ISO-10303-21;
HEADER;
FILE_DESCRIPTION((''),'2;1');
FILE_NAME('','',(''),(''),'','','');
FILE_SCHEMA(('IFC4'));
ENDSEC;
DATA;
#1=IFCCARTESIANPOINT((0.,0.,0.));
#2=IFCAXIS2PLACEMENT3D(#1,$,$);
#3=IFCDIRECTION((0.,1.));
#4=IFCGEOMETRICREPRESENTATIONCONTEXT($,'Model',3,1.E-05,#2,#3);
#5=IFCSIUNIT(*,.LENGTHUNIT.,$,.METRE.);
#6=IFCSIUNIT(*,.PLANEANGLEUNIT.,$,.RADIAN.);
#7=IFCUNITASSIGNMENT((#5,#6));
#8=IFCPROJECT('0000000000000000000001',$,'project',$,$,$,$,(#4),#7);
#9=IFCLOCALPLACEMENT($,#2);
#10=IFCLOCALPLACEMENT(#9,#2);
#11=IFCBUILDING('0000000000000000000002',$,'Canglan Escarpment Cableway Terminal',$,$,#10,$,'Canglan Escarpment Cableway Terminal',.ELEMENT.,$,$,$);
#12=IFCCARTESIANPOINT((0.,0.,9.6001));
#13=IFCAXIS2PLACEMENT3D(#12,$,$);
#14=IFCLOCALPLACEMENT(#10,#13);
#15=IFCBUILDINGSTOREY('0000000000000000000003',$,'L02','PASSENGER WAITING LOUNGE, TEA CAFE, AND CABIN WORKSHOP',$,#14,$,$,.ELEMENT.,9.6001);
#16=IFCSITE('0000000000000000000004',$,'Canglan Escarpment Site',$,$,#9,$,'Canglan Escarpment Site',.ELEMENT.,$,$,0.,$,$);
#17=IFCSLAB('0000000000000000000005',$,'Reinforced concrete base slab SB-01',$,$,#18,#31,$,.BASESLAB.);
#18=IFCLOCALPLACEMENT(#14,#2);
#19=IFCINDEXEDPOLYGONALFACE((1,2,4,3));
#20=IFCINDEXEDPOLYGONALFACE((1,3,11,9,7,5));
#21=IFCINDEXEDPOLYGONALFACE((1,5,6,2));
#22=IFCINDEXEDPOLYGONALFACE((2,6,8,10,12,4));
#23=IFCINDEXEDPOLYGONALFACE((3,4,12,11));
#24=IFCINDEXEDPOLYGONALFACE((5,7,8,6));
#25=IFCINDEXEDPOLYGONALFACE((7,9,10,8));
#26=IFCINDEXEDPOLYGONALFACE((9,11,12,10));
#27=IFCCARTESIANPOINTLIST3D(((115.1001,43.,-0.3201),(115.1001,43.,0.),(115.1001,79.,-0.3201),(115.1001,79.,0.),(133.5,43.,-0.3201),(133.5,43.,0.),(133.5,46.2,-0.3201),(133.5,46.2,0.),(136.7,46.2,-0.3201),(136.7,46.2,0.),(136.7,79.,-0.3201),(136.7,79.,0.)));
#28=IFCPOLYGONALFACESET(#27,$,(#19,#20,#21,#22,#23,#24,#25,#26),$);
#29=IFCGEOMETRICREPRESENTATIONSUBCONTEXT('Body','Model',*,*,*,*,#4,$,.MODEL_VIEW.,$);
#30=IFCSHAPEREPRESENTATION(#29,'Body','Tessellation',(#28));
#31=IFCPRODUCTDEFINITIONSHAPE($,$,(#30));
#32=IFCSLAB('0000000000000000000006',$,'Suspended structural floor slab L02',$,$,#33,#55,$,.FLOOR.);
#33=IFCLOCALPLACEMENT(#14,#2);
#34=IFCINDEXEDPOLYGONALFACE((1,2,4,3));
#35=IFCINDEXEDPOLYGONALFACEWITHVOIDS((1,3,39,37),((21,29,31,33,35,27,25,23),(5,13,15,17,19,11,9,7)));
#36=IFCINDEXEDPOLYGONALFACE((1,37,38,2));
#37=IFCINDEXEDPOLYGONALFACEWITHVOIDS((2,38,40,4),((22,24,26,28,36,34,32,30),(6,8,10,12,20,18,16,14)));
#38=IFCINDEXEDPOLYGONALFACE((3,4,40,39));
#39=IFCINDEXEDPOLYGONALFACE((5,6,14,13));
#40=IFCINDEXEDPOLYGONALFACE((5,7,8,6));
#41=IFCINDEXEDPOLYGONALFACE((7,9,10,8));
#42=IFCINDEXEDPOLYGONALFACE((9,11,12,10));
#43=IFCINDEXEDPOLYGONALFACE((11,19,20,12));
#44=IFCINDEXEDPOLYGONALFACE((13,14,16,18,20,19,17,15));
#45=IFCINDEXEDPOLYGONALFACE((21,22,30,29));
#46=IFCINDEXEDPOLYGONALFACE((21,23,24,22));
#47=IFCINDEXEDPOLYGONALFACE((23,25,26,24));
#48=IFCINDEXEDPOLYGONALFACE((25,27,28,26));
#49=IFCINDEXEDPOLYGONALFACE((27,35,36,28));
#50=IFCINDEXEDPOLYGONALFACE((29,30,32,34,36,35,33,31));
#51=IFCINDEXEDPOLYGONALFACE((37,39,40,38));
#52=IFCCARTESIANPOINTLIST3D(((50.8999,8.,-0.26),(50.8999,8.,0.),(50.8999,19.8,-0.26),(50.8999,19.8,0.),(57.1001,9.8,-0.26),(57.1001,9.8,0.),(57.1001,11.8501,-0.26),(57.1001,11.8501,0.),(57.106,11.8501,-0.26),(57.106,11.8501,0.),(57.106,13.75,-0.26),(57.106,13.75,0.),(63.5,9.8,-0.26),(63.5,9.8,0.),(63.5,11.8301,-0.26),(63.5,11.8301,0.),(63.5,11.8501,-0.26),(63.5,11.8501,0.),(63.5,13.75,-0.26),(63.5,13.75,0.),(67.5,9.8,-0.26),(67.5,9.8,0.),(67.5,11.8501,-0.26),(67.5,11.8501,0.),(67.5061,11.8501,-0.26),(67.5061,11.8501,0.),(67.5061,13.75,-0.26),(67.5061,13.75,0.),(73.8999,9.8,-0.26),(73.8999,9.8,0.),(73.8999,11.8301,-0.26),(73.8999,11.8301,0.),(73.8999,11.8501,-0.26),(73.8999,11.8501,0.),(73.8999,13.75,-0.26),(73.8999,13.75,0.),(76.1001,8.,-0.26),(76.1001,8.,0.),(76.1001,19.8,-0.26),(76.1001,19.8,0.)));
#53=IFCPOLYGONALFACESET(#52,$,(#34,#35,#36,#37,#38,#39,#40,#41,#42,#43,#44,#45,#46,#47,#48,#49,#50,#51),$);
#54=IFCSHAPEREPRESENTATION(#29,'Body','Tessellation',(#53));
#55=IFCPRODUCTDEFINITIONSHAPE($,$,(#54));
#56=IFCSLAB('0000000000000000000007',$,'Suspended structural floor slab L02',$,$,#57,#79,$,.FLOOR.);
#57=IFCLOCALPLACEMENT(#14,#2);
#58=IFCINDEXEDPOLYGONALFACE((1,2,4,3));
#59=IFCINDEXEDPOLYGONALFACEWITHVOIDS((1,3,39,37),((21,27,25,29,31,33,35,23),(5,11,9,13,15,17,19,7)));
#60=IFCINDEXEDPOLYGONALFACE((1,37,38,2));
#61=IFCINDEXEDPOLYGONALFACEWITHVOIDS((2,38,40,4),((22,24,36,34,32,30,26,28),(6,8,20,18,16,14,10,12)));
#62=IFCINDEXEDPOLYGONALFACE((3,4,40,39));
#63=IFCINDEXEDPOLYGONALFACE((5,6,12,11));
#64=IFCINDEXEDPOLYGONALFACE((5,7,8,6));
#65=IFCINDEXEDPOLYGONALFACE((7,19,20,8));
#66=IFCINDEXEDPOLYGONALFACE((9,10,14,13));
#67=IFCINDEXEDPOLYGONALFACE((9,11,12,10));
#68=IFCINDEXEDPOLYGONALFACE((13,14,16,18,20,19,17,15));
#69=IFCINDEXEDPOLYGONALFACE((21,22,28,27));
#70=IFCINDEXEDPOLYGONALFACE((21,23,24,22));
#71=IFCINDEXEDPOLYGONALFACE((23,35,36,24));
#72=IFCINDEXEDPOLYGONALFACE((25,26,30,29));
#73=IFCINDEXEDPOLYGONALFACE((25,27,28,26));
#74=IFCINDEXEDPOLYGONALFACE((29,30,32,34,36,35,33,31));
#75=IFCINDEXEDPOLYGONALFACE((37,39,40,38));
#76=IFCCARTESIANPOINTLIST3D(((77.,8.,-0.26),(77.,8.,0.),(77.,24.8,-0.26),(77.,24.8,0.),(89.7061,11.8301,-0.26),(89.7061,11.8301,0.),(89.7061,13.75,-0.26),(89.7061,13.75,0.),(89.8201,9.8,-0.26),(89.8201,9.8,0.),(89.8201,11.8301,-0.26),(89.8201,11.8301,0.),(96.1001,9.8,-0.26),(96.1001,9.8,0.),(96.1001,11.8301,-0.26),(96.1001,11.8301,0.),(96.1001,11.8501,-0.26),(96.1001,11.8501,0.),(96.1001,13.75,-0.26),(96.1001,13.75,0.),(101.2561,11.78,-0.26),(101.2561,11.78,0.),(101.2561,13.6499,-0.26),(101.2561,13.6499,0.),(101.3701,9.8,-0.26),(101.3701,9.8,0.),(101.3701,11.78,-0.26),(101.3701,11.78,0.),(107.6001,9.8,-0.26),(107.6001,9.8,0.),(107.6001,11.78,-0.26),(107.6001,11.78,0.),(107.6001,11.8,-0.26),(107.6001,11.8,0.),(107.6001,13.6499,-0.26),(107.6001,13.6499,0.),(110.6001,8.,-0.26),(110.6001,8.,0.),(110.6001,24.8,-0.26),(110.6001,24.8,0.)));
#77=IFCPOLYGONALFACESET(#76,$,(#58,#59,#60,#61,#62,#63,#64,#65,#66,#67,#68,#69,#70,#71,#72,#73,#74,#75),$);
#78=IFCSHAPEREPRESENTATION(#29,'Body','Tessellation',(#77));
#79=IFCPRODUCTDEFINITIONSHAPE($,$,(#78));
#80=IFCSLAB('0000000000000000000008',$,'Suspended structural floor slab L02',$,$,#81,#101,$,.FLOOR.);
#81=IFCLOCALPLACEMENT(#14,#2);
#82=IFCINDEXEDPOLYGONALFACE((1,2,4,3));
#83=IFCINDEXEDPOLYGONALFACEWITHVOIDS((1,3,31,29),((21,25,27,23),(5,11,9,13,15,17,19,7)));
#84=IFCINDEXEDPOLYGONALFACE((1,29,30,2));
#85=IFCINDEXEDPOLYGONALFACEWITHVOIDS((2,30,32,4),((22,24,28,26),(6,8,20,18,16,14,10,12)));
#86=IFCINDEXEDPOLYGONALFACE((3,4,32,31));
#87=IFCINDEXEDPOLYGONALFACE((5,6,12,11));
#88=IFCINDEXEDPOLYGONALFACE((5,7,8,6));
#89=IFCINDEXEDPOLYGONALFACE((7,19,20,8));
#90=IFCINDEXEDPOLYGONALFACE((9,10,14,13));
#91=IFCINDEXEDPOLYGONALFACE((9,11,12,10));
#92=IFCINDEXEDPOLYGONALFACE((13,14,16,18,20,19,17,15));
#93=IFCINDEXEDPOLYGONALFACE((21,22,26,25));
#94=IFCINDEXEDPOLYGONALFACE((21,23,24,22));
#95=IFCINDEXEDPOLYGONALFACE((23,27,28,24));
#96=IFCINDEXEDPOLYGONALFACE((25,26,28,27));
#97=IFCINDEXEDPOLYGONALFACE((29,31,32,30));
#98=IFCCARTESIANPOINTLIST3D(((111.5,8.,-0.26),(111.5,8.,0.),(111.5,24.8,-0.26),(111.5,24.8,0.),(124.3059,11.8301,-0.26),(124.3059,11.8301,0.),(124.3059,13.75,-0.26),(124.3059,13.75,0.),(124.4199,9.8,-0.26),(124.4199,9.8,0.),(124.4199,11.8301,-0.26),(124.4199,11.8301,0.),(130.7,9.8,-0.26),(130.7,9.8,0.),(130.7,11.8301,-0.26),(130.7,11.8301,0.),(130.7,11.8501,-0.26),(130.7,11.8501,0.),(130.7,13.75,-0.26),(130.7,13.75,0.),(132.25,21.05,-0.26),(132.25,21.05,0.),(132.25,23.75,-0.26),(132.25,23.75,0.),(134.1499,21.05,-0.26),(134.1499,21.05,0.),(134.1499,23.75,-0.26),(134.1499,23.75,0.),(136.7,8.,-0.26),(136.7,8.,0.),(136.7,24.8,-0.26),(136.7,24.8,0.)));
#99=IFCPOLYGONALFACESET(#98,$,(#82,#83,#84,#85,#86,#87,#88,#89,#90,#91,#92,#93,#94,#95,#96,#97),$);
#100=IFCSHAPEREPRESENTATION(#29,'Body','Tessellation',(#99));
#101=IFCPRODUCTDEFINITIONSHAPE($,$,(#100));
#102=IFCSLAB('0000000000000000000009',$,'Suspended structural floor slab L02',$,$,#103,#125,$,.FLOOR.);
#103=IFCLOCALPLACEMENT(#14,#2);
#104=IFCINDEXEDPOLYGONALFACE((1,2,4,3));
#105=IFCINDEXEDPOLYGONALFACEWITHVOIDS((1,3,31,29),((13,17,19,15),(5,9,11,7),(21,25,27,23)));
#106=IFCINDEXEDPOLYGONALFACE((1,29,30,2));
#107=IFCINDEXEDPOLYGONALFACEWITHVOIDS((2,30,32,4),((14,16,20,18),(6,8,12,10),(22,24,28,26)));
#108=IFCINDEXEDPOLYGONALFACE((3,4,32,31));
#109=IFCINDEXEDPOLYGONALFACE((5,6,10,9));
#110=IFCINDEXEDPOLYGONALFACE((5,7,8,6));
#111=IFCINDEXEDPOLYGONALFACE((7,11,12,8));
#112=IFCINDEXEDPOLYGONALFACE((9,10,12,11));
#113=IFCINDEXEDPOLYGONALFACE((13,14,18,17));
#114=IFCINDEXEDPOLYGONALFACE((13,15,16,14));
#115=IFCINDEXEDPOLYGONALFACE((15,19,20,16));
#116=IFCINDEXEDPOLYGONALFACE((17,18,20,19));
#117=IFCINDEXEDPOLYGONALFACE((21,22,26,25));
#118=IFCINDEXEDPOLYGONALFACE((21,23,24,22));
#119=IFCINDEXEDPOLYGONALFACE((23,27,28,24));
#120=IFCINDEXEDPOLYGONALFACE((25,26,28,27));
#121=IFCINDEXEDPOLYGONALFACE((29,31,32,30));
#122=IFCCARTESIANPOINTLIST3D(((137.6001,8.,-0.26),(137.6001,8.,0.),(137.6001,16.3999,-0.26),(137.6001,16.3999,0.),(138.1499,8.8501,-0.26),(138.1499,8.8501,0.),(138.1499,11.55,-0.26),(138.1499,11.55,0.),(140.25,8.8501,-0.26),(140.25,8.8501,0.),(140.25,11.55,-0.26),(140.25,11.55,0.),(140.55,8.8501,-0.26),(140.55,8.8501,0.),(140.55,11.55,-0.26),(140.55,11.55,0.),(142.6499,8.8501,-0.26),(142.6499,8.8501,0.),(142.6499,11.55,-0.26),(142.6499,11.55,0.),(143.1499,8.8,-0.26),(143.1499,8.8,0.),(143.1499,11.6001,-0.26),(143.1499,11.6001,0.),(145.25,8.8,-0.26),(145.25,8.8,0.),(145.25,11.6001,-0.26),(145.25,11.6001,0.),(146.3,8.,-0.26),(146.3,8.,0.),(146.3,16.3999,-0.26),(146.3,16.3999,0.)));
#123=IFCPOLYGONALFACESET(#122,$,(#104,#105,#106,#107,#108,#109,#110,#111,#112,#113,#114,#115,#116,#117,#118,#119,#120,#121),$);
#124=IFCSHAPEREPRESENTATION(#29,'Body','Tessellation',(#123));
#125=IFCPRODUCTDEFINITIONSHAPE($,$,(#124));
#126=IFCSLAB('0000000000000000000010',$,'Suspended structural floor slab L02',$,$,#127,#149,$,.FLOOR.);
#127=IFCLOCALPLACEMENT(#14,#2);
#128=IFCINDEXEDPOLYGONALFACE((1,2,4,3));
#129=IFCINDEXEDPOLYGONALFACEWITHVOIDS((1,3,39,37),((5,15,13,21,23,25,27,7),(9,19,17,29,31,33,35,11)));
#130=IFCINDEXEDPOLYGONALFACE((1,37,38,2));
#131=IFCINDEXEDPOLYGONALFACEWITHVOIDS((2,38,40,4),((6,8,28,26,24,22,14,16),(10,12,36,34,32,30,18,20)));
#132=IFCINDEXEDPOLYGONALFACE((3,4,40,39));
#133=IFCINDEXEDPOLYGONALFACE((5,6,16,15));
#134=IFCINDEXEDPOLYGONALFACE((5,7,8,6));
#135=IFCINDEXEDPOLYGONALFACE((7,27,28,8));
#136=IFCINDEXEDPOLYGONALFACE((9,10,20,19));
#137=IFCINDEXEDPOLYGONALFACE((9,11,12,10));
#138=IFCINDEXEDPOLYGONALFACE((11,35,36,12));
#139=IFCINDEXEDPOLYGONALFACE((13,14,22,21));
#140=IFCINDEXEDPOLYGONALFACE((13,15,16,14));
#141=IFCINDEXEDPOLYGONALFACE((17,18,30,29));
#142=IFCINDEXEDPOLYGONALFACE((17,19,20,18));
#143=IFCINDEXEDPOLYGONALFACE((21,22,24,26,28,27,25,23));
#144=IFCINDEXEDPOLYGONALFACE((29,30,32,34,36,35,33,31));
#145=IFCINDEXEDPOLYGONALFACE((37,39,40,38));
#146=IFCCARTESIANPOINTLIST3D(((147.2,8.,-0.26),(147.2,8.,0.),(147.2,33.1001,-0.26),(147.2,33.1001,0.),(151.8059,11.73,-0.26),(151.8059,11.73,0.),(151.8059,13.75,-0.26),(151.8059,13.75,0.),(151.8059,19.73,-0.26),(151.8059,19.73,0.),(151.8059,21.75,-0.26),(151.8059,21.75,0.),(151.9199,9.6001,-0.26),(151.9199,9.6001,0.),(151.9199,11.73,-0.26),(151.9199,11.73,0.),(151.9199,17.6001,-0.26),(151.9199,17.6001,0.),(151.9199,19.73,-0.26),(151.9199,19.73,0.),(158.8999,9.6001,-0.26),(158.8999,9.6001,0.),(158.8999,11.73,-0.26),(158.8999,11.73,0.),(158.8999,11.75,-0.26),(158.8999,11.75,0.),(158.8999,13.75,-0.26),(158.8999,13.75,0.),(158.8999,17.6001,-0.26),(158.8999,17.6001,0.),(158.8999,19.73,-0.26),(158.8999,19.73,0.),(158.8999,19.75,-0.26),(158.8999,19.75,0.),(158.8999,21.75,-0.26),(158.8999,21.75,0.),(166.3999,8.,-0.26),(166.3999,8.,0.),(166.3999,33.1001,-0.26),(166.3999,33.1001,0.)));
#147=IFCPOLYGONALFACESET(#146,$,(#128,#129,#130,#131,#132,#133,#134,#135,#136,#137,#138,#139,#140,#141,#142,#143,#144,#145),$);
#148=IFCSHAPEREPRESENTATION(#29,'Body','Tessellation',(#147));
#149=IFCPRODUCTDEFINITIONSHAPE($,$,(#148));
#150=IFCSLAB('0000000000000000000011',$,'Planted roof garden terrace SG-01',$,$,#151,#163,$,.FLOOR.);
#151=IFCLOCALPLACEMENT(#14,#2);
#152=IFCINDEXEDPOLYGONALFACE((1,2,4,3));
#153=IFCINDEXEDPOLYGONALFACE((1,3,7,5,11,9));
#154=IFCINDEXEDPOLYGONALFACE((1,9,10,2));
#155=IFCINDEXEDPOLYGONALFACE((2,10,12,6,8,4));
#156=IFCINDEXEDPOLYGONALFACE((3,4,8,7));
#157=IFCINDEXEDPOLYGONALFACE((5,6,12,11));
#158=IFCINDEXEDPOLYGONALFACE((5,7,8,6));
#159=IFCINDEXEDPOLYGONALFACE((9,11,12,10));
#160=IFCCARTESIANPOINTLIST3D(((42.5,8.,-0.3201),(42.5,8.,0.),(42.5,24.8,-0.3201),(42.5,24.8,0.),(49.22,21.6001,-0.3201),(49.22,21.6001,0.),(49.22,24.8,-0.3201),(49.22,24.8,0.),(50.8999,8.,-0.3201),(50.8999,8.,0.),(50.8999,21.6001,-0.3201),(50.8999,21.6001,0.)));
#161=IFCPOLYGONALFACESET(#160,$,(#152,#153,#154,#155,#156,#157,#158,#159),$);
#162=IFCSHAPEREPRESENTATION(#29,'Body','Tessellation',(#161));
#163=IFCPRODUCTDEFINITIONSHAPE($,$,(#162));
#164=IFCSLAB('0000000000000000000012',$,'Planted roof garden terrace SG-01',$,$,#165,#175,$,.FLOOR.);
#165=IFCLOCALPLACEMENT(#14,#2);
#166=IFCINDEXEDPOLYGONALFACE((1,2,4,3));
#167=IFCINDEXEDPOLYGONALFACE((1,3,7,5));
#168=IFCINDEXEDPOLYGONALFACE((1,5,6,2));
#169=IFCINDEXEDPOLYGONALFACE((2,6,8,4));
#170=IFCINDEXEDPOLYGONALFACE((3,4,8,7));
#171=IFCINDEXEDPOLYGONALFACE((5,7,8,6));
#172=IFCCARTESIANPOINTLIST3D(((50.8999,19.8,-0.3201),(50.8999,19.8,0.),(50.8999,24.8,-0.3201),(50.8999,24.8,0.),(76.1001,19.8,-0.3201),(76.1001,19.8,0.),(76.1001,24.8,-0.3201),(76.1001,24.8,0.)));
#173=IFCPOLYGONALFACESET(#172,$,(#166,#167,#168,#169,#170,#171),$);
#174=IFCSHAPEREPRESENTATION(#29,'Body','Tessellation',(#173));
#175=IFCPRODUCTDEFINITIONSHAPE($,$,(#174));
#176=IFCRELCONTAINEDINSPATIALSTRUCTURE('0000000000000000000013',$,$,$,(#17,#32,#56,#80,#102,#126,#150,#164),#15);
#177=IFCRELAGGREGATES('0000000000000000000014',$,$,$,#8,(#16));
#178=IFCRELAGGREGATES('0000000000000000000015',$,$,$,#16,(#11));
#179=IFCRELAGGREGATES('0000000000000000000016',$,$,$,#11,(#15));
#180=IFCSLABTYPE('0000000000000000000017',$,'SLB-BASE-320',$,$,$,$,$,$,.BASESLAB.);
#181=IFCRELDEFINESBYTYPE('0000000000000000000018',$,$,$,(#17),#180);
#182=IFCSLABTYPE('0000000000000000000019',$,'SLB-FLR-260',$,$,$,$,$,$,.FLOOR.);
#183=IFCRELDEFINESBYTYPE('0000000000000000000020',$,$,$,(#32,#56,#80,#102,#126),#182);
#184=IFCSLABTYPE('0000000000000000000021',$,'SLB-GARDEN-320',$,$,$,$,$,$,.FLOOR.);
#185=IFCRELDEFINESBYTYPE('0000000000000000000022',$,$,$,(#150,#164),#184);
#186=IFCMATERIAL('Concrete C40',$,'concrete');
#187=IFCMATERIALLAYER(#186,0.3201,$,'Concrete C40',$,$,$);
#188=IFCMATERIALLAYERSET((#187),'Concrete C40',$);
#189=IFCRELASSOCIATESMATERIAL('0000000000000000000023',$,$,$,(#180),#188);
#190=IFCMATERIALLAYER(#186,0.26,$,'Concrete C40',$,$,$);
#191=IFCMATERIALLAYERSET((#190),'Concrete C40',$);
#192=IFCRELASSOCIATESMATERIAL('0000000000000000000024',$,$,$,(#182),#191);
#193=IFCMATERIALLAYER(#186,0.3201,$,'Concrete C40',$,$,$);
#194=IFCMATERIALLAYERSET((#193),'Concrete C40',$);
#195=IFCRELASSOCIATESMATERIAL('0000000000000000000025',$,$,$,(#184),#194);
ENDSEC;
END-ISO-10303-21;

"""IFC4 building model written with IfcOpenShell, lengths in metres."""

from ifc_helpers import new_model, si_unit, direction, frame, origin, place, context, subcontext, project, spatial, polyline, outline, extrude, material, layer, layer_set, type_object, element, save


model = new_model("IFC4")

# Units and contexts
model_context = context("Model", 3, precision=1e-05, world=origin(), true_north=direction((0.0, 1.0)))
body_context = subcontext(model_context, "Body", "Model", "MODEL_VIEW")
ifc_project = project(units=[si_unit("LENGTHUNIT", "METRE"), si_unit("PLANEANGLEUNIT", "RADIAN")], contexts=[model_context])

# Site, building, storey
site_placement = place(None, origin())
site = spatial("IfcSite", under=ifc_project, at=site_placement, Name="Canglan Escarpment Site", LongName="Canglan Escarpment Site", CompositionType="ELEMENT", RefElevation=0.0)
building_placement = place(site_placement, origin())
building = spatial("IfcBuilding", under=site, at=building_placement, Name="Canglan Escarpment Cableway Terminal", LongName="Canglan Escarpment Cableway Terminal", CompositionType="ELEMENT")
storey_placement = place(building_placement, frame((0.0, 0.0, 9.6001)))
storey = spatial("IfcBuildingStorey", under=building, at=storey_placement, Name="L02", Description="PASSENGER WAITING LOUNGE, TEA CAFE, AND CABIN WORKSHOP", CompositionType="ELEMENT", Elevation=9.6001)

# Slabs
ifc_material_1 = material(Name="Concrete C40", Category="concrete")
ifc_layer_1 = layer(ifc_material_1, 0.3201, Name="Concrete C40")
ifc_layer_set_1 = layer_set([ifc_layer_1], Name="Concrete C40")
slab_type_1 = type_object("IfcSlabType", Name="SLB-BASE-320", PredefinedType="BASESLAB", material=ifc_layer_set_1)
slab_1_placement = place(storey_placement, frame((0.0, 0.0, -0.3201)))
element("IfcSlab", 1, at=slab_1_placement, inside=storey, type_object=slab_type_1, Name="Reinforced concrete base slab SB-01", PredefinedType="BASESLAB", context=body_context, shape_type="SweptSolid", body=[
    extrude(outline(polyline([(115.1001, 43.0), (133.5, 43.0), (133.5, 46.2), (136.7, 46.2), (136.7, 79.0), (115.1001, 79.0), (115.1001, 43.0)])), origin(), (0.0, 0.0, 1.0), 0.3201),
])
ifc_layer_2 = layer(ifc_material_1, 0.26, Name="Concrete C40")
ifc_layer_set_2 = layer_set([ifc_layer_2], Name="Concrete C40")
slab_type_2 = type_object("IfcSlabType", Name="SLB-FLR-260", PredefinedType="FLOOR", material=ifc_layer_set_2)
slab_2_placement = place(storey_placement, frame((0.0, 0.0, -0.26)))
element("IfcSlab", 2, at=slab_2_placement, inside=storey, type_object=slab_type_2, Name="Suspended structural floor slab L02", PredefinedType="FLOOR", context=body_context, shape_type="SweptSolid", body=[
    extrude(outline(polyline([(50.8999, 8.0), (76.1001, 8.0), (76.1001, 19.8), (50.8999, 19.8), (50.8999, 8.0)]), holes=[polyline([(57.1001, 9.8), (57.1001, 11.8501), (57.106, 11.8501), (57.106, 13.75), (63.5, 13.75), (63.5, 11.8501), (63.5, 11.8301), (63.5, 9.8), (57.1001, 9.8)]), polyline([(67.5, 9.8), (67.5, 11.8501), (67.5061, 11.8501), (67.5061, 13.75), (73.8999, 13.75), (73.8999, 11.8501), (73.8999, 11.8301), (73.8999, 9.8), (67.5, 9.8)])]), origin(), (0.0, 0.0, 1.0), 0.26),
])
slab_3_placement = place(storey_placement, frame((0.0, 0.0, -0.26)))
element("IfcSlab", 3, at=slab_3_placement, inside=storey, type_object=slab_type_2, Name="Suspended structural floor slab L02", PredefinedType="FLOOR", context=body_context, shape_type="SweptSolid", body=[
    extrude(outline(polyline([(77.0, 8.0), (110.6001, 8.0), (110.6001, 24.8), (77.0, 24.8), (77.0, 8.0)]), holes=[polyline([(101.3701, 9.8), (101.3701, 11.78), (101.2561, 11.78), (101.2561, 13.6499), (107.6001, 13.6499), (107.6001, 11.8), (107.6001, 11.78), (107.6001, 9.8), (101.3701, 9.8)]), polyline([(89.8201, 9.8), (89.8201, 11.8301), (89.7061, 11.8301), (89.7061, 13.75), (96.1001, 13.75), (96.1001, 11.8501), (96.1001, 11.8301), (96.1001, 9.8), (89.8201, 9.8)])]), origin(), (0.0, 0.0, 1.0), 0.26),
])
slab_4_placement = place(storey_placement, frame((0.0, 0.0, -0.26)))
element("IfcSlab", 4, at=slab_4_placement, inside=storey, type_object=slab_type_2, Name="Suspended structural floor slab L02", PredefinedType="FLOOR", context=body_context, shape_type="SweptSolid", body=[
    extrude(outline(polyline([(111.5, 8.0), (136.7, 8.0), (136.7, 24.8), (111.5, 24.8), (111.5, 8.0)]), holes=[polyline([(124.4199, 9.8), (124.4199, 11.8301), (124.3059, 11.8301), (124.3059, 13.75), (130.7, 13.75), (130.7, 11.8501), (130.7, 11.8301), (130.7, 9.8), (124.4199, 9.8)]), polyline([(132.25, 21.05), (132.25, 23.75), (134.1499, 23.75), (134.1499, 21.05), (132.25, 21.05)])]), origin(), (0.0, 0.0, 1.0), 0.26),
])
slab_5_placement = place(storey_placement, frame((0.0, 0.0, -0.26)))
element("IfcSlab", 5, at=slab_5_placement, inside=storey, type_object=slab_type_2, Name="Suspended structural floor slab L02", PredefinedType="FLOOR", context=body_context, shape_type="SweptSolid", body=[
    extrude(outline(polyline([(137.6001, 8.0), (146.3, 8.0), (146.3, 16.3999), (137.6001, 16.3999), (137.6001, 8.0)]), holes=[polyline([(138.1499, 8.8501), (138.1499, 11.55), (140.25, 11.55), (140.25, 8.8501), (138.1499, 8.8501)]), polyline([(140.55, 11.55), (142.6499, 11.55), (142.6499, 8.8501), (140.55, 8.8501), (140.55, 11.55)]), polyline([(143.1499, 11.6001), (145.25, 11.6001), (145.25, 8.8), (143.1499, 8.8), (143.1499, 11.6001)])]), origin(), (0.0, 0.0, 1.0), 0.26),
])
slab_6_placement = place(storey_placement, frame((0.0, 0.0, -0.26)))
element("IfcSlab", 6, at=slab_6_placement, inside=storey, type_object=slab_type_2, Name="Suspended structural floor slab L02", PredefinedType="FLOOR", context=body_context, shape_type="SweptSolid", body=[
    extrude(outline(polyline([(147.2, 8.0), (166.3999, 8.0), (166.3999, 33.1001), (147.2, 33.1001), (147.2, 8.0)]), holes=[polyline([(151.9199, 9.6001), (151.9199, 11.73), (151.8059, 11.73), (151.8059, 13.75), (158.8999, 13.75), (158.8999, 11.75), (158.8999, 11.73), (158.8999, 9.6001), (151.9199, 9.6001)]), polyline([(151.9199, 17.6001), (151.9199, 19.73), (151.8059, 19.73), (151.8059, 21.75), (158.8999, 21.75), (158.8999, 19.75), (158.8999, 19.73), (158.8999, 17.6001), (151.9199, 17.6001)])]), origin(), (0.0, 0.0, 1.0), 0.26),
])
ifc_layer_3 = layer(ifc_material_1, 0.3201, Name="Concrete C40")
ifc_layer_set_3 = layer_set([ifc_layer_3], Name="Concrete C40")
slab_type_3 = type_object("IfcSlabType", Name="SLB-GARDEN-320", PredefinedType="FLOOR", material=ifc_layer_set_3)
slab_7_placement = place(storey_placement, frame((0.0, 0.0, -0.3201)))
element("IfcSlab", 7, at=slab_7_placement, inside=storey, type_object=slab_type_3, Name="Planted roof garden terrace SG-01", PredefinedType="FLOOR", context=body_context, shape_type="SweptSolid", body=[
    extrude(outline(polyline([(42.5, 8.0), (50.8999, 8.0), (50.8999, 21.6001), (49.22, 21.6001), (49.22, 24.8), (42.5, 24.8), (42.5, 8.0)])), origin(), (0.0, 0.0, 1.0), 0.3201),
])
slab_8_placement = place(storey_placement, frame((0.0, 0.0, -0.3201)))
element("IfcSlab", 8, at=slab_8_placement, inside=storey, type_object=slab_type_3, Name="Planted roof garden terrace SG-01", PredefinedType="FLOOR", context=body_context, shape_type="SweptSolid", body=[
    extrude(outline(polyline([(50.8999, 19.8), (76.1001, 19.8), (76.1001, 24.8), (50.8999, 24.8), (50.8999, 19.8)])), origin(), (0.0, 0.0, 1.0), 0.3201),
])

save(model, "model.ifc")
